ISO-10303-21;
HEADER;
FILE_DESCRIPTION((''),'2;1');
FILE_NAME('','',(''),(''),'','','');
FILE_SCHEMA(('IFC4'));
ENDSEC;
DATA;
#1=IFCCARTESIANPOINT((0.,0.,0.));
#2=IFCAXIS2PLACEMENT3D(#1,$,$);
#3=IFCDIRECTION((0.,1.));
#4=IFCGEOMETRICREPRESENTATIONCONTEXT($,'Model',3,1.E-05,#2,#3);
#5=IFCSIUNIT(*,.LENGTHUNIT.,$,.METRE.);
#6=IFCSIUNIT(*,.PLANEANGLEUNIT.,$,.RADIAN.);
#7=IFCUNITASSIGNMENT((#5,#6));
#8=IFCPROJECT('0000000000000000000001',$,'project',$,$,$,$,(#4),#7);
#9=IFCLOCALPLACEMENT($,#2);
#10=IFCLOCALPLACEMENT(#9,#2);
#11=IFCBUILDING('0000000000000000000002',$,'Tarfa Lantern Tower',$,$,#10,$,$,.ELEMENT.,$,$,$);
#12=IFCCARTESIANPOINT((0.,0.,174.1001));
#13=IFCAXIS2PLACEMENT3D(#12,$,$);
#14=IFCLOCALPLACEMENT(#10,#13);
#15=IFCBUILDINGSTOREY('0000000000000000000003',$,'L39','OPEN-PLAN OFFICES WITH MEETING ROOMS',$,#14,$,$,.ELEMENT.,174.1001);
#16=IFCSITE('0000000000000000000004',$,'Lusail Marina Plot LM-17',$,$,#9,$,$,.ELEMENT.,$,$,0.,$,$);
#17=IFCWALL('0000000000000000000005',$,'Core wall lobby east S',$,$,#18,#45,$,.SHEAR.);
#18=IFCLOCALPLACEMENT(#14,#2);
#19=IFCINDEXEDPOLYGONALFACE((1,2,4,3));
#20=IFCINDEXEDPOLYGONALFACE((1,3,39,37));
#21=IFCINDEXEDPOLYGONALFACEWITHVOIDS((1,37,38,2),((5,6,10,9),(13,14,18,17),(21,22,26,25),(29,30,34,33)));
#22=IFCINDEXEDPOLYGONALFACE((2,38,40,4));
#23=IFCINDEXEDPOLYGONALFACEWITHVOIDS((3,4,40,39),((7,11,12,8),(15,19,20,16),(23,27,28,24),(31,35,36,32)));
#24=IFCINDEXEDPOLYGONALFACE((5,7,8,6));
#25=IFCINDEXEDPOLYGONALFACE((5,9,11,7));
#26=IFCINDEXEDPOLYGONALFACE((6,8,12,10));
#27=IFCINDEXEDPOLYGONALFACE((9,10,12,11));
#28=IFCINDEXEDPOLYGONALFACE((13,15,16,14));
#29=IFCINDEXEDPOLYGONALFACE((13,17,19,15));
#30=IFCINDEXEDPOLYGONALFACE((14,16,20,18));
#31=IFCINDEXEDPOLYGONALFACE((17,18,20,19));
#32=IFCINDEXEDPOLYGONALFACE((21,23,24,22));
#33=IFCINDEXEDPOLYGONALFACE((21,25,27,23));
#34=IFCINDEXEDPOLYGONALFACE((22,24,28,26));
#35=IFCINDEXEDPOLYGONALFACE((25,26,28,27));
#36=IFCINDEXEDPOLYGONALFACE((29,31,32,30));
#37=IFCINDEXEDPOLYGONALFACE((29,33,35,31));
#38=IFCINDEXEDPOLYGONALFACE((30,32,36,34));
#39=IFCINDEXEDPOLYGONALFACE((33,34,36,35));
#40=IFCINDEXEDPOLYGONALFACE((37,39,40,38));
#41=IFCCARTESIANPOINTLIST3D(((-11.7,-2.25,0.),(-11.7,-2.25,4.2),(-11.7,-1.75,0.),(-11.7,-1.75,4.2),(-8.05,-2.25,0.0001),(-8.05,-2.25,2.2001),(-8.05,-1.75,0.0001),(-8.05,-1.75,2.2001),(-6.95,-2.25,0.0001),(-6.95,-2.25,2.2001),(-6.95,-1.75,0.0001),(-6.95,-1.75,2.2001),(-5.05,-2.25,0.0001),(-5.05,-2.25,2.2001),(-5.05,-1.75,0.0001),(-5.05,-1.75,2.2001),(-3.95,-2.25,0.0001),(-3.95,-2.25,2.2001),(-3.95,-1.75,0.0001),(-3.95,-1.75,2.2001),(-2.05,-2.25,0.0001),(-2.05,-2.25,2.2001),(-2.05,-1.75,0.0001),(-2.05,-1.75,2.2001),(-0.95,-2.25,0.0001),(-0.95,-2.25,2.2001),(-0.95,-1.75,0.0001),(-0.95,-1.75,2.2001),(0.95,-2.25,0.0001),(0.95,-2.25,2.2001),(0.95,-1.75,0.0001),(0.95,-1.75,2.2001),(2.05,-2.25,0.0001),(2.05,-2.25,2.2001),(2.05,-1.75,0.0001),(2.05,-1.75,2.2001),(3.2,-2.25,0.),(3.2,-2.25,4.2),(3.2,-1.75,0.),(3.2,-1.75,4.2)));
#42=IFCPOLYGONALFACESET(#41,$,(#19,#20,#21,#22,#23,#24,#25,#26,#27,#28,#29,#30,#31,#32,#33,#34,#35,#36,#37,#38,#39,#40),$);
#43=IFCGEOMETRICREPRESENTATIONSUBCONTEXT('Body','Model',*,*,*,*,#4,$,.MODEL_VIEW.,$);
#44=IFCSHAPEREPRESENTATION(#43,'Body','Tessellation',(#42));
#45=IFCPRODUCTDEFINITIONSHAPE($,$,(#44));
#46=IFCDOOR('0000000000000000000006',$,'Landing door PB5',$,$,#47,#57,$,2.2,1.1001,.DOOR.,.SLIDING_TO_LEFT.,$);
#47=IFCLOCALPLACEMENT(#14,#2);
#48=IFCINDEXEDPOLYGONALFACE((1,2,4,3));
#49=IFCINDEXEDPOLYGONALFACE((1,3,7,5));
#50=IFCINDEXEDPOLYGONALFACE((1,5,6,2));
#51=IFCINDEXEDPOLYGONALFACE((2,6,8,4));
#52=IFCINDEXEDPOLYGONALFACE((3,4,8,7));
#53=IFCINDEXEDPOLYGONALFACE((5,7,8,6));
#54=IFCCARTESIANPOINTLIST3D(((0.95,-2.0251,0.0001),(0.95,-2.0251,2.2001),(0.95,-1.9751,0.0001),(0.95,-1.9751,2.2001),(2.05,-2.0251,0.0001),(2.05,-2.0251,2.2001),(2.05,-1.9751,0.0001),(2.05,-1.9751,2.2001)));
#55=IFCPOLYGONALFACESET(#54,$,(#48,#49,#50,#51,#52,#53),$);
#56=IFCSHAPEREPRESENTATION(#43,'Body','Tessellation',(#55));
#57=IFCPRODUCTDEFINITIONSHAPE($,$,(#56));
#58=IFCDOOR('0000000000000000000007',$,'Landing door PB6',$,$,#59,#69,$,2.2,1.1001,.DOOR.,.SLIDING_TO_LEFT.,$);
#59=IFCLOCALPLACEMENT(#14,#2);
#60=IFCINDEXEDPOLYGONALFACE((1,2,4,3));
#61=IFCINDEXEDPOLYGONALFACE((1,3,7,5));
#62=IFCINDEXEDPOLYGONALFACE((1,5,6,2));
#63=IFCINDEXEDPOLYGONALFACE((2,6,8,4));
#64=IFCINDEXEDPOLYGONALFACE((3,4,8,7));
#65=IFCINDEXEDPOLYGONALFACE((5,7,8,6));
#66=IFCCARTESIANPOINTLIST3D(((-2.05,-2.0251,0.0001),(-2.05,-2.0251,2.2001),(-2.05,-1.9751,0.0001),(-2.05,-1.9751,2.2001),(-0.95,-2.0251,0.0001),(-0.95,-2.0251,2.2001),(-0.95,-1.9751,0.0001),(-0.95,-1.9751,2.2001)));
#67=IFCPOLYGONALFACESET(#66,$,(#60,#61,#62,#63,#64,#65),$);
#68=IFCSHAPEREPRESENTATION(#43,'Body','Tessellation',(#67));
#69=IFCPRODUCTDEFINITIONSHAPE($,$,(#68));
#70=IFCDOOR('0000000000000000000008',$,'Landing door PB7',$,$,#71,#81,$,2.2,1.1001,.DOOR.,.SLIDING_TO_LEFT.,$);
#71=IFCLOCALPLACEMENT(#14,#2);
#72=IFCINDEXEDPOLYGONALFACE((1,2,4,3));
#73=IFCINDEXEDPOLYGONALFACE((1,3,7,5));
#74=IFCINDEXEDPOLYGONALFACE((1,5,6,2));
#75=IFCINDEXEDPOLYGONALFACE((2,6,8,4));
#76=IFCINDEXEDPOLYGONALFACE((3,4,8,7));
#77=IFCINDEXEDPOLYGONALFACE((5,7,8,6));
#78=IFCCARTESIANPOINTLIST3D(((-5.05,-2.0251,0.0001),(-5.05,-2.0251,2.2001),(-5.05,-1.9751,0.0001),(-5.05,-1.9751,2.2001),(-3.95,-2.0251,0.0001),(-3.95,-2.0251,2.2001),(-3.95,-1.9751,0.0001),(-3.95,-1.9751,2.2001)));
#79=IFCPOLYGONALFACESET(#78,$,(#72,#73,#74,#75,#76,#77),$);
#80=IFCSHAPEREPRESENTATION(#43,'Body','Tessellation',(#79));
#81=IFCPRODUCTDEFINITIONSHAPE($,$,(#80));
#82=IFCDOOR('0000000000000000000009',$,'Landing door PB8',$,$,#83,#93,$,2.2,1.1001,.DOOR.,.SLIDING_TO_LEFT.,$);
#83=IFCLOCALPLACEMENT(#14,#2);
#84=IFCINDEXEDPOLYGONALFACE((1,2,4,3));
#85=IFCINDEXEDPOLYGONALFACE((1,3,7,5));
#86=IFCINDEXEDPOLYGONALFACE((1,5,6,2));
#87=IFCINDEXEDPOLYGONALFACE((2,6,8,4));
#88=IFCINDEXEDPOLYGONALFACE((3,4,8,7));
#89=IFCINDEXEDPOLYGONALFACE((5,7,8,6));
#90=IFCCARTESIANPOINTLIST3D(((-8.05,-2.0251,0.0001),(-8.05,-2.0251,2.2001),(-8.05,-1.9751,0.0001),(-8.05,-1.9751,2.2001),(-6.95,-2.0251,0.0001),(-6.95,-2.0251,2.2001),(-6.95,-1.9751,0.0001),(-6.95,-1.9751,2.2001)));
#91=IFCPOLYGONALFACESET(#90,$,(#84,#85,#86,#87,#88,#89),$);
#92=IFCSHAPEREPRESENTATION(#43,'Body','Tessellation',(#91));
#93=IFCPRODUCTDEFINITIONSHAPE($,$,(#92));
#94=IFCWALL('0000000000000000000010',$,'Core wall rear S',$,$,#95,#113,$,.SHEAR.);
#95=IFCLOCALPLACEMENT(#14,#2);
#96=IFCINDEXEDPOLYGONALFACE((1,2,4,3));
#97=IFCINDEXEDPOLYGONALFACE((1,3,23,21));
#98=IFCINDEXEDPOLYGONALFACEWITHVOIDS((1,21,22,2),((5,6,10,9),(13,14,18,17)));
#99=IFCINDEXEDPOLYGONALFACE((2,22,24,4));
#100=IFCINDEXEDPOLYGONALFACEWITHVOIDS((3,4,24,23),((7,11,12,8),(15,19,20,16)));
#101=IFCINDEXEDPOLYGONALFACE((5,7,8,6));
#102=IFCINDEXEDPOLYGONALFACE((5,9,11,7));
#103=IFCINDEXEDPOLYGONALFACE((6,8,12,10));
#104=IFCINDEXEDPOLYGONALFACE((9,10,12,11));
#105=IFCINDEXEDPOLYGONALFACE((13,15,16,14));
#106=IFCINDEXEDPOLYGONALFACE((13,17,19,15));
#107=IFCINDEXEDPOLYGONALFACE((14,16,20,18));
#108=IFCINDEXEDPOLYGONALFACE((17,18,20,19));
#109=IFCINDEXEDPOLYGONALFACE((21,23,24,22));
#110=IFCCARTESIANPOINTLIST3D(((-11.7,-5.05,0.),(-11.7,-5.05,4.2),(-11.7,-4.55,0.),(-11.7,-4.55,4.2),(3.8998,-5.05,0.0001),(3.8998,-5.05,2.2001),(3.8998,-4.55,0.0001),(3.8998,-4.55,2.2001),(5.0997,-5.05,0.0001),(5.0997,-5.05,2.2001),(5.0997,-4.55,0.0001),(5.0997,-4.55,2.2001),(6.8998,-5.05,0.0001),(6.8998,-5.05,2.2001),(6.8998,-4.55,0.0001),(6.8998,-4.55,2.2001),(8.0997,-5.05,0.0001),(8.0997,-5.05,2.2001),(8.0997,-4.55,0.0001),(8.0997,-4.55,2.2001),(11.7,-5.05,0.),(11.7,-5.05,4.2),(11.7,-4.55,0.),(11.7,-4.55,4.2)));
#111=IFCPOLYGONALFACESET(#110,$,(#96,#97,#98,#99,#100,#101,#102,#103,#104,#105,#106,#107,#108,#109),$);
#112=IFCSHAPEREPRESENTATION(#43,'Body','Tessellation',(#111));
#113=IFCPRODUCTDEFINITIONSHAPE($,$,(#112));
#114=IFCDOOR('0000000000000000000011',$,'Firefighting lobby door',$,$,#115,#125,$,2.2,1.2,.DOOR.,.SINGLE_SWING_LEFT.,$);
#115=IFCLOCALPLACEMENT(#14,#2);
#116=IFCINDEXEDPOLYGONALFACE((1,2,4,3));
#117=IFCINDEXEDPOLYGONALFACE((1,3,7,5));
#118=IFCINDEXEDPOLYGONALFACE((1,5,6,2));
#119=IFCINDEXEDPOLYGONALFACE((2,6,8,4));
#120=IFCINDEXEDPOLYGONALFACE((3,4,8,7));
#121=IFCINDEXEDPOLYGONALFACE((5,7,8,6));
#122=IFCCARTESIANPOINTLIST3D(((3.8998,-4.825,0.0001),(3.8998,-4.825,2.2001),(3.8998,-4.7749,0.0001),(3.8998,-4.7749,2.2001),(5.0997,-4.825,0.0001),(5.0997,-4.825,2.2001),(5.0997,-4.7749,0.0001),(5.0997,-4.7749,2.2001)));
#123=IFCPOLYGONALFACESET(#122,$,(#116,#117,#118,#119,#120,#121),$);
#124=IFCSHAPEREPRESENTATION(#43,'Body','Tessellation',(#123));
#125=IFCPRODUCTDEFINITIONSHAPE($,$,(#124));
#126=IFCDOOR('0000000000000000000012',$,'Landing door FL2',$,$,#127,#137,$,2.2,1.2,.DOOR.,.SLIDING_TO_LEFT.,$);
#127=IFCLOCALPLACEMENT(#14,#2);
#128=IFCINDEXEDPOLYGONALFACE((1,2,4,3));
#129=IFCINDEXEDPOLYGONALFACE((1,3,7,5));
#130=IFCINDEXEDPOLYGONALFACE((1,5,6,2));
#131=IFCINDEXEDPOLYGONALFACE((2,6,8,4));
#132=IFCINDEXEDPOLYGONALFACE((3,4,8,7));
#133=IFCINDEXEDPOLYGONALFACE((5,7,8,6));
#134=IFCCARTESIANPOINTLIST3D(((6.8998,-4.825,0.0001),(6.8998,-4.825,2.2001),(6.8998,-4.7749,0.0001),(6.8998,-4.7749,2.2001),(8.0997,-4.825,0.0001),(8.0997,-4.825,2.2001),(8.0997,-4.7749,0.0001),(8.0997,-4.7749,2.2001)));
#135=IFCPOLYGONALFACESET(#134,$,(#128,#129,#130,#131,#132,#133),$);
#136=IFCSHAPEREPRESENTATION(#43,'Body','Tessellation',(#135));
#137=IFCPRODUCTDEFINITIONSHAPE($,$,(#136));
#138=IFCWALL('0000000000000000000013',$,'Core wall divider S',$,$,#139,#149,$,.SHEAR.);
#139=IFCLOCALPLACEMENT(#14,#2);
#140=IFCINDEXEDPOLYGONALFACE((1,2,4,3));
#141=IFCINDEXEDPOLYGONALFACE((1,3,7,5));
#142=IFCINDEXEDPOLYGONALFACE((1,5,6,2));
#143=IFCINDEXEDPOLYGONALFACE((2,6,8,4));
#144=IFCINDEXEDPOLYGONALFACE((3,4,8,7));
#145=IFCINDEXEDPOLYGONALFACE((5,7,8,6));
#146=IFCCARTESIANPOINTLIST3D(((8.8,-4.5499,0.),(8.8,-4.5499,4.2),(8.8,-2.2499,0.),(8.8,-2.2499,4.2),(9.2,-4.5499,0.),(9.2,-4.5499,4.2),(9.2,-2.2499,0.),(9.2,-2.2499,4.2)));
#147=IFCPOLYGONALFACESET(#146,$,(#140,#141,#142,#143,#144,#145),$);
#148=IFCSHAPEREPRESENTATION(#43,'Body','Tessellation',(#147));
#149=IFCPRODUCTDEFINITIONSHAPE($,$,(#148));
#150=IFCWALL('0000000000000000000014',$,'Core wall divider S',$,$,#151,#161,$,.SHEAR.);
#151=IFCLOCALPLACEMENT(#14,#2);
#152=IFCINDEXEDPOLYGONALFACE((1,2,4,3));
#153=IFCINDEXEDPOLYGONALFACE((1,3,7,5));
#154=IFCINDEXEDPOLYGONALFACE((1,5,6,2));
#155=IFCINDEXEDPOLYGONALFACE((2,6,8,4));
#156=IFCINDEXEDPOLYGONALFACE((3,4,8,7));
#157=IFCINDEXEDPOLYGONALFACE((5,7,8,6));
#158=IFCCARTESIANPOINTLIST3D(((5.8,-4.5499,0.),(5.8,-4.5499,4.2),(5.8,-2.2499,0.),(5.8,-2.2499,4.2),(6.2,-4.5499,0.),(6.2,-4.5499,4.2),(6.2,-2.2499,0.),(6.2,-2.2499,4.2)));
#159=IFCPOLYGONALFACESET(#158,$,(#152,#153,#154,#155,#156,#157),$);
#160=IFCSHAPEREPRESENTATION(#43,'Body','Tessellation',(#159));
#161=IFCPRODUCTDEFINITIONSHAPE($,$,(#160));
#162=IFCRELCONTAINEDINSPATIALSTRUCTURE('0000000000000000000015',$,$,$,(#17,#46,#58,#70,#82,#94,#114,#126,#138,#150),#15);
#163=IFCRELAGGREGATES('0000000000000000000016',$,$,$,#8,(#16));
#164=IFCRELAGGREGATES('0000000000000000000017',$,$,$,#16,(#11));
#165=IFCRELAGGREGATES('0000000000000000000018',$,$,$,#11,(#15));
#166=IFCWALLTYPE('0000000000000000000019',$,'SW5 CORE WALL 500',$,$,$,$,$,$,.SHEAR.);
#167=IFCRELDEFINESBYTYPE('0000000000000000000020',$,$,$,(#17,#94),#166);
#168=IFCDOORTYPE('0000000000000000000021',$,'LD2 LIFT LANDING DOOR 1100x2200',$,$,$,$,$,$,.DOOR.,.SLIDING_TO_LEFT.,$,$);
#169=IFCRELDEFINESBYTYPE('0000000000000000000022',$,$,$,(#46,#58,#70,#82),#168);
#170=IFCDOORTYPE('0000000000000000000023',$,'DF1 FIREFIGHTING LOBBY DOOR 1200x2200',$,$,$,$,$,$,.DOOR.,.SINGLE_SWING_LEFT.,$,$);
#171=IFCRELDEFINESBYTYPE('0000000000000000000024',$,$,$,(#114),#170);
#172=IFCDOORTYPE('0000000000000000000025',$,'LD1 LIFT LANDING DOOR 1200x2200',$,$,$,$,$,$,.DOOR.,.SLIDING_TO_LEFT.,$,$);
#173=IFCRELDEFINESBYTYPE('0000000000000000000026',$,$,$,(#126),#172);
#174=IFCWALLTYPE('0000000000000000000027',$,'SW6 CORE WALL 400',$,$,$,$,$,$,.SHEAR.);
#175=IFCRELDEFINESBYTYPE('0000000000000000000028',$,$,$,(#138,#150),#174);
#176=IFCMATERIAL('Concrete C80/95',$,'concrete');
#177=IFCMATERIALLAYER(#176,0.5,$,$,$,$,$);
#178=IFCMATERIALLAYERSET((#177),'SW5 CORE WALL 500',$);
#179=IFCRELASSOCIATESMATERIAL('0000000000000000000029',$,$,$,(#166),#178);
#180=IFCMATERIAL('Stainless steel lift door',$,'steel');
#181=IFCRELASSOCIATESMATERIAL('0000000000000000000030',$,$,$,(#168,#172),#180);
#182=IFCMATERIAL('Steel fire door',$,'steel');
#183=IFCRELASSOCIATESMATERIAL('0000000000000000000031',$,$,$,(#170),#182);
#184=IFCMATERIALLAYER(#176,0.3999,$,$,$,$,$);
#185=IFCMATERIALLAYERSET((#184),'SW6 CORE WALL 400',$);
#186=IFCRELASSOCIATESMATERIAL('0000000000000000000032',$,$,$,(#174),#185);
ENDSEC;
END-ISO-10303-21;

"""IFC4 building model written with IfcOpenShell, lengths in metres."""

from ifc_helpers import new_model, si_unit, direction, frame, frame_2d, origin, place, context, subcontext, project, spatial, rectangle, extrude, material, layer, layer_set, type_object, element, fill, save


model = new_model("IFC4")

# Units and contexts
model_context = context("Model", 3, precision=1e-05, world=origin(), true_north=direction((0.0, 1.0)))
body_context = subcontext(model_context, "Body", "Model", "MODEL_VIEW")
ifc_project = project(units=[si_unit("LENGTHUNIT", "METRE"), si_unit("PLANEANGLEUNIT", "RADIAN")], contexts=[model_context])

# Site, building, storey
site_placement = place(None, origin())
site = spatial("IfcSite", under=ifc_project, at=site_placement, Name="Lusail Marina Plot LM-17", CompositionType="ELEMENT", RefElevation=0.0)
building_placement = place(site_placement, origin())
building = spatial("IfcBuilding", under=site, at=building_placement, Name="Tarfa Lantern Tower", CompositionType="ELEMENT")
storey_placement = place(building_placement, frame((0.0, 0.0, 174.1001)))
storey = spatial("IfcBuildingStorey", under=building, at=storey_placement, Name="L39", Description="OPEN-PLAN OFFICES WITH MEETING ROOMS", CompositionType="ELEMENT", Elevation=174.1001)

# Shared definitions
ifc_material_1 = material(Name="Concrete C80/95", Category="concrete")

# Shared definitions
ifc_material_2 = material(Name="Steel fire door", Category="steel")

# Shared definitions
ifc_layer_1 = layer(ifc_material_1, 0.5)
ifc_layer_set_1 = layer_set([ifc_layer_1], Name="SW5 CORE WALL 500")
wall_type_1 = type_object("IfcWallType", Name="SW5 CORE WALL 500", PredefinedType="SHEAR", material=ifc_layer_set_1)

# Walls, openings, doors
wall_1_placement = place(storey_placement, frame((3.2, -2.0, 0.0), z_axis=(0.0, 0.0, 1.0), x_axis=(-1.0, 0.0, 0.0)))
wall_1 = element("IfcWall", 1, at=wall_1_placement, inside=storey, type_object=wall_type_1, Name="Core wall lobby east S", PredefinedType="SHEAR", context=body_context, shape_type="SweptSolid", body=[
    extrude(rectangle(XDim=14.8999, YDim=0.5, at=frame_2d((7.45, 0.0))), origin(), (0.0, 0.0, 1.0), 4.2),
])
opening_1_placement = place(wall_1_placement, frame((1.1499, 0.0, 0.0)))
opening_1 = element("IfcOpeningElement", 2, at=opening_1_placement, cuts=wall_1, PredefinedType="OPENING", context=body_context, shape_type="SweptSolid", body=[
    extrude(rectangle(XDim=1.1001, YDim=2.2, at=frame_2d((0.55, 1.1001))), frame((0.0, 0.26, 0.0), z_axis=(0.0, -1.0, 0.0), x_axis=(1.0, 0.0, 0.0)), (0.0, 0.0, 1.0), 0.52),
])
opening_2_placement = place(wall_1_placement, frame((4.1499, 0.0, 0.0)))
opening_2 = element("IfcOpeningElement", 3, at=opening_2_placement, cuts=wall_1, PredefinedType="OPENING", context=body_context, shape_type="SweptSolid", body=[
    extrude(rectangle(XDim=1.1001, YDim=2.2, at=frame_2d((0.55, 1.1001))), frame((0.0, 0.26, 0.0), z_axis=(0.0, -1.0, 0.0), x_axis=(1.0, 0.0, 0.0)), (0.0, 0.0, 1.0), 0.52),
])
opening_3_placement = place(wall_1_placement, frame((7.1499, 0.0, 0.0)))
opening_3 = element("IfcOpeningElement", 4, at=opening_3_placement, cuts=wall_1, PredefinedType="OPENING", context=body_context, shape_type="SweptSolid", body=[
    extrude(rectangle(XDim=1.1001, YDim=2.2, at=frame_2d((0.55, 1.1001))), frame((0.0, 0.26, 0.0), z_axis=(0.0, -1.0, 0.0), x_axis=(1.0, 0.0, 0.0)), (0.0, 0.0, 1.0), 0.52),
])
opening_4_placement = place(wall_1_placement, frame((10.1499, 0.0, 0.0)))
opening_4 = element("IfcOpeningElement", 5, at=opening_4_placement, cuts=wall_1, PredefinedType="OPENING", context=body_context, shape_type="SweptSolid", body=[
    extrude(rectangle(XDim=1.1001, YDim=2.2, at=frame_2d((0.55, 1.1001))), frame((0.0, 0.26, 0.0), z_axis=(0.0, -1.0, 0.0), x_axis=(1.0, 0.0, 0.0)), (0.0, 0.0, 1.0), 0.52),
])
ifc_material_3 = material(Name="Stainless steel lift door", Category="steel")
door_type_1 = type_object("IfcDoorType", Name="LD2 LIFT LANDING DOOR 1100x2200", OperationType="SLIDING_TO_LEFT", PredefinedType="DOOR", material=ifc_material_3)
door_1_placement = place(opening_1_placement, frame((1.1001, 0.0, 0.0), z_axis=(0.0, 0.0, 1.0), x_axis=(-1.0, 0.0, 0.0)))
door_1 = element("IfcDoor", 6, at=door_1_placement, inside=storey, type_object=door_type_1, Name="Landing door PB5", OperationType="SLIDING_TO_LEFT", OverallHeight=2.2, OverallWidth=1.1001, PredefinedType="DOOR", context=body_context, shape_type="SweptSolid", body=[
    extrude(rectangle(XDim=1.1001, YDim=2.2, at=frame_2d((0.55, 1.1001))), frame((0.0, 0.0249, 0.0), z_axis=(0.0, -1.0, 0.0), x_axis=(1.0, 0.0, 0.0)), (0.0, 0.0, 1.0), 0.05),
])
fill(opening_1, door_1)
door_2_placement = place(opening_2_placement, frame((1.1001, 0.0, 0.0), z_axis=(0.0, 0.0, 1.0), x_axis=(-1.0, 0.0, 0.0)))
door_2 = element("IfcDoor", 7, at=door_2_placement, inside=storey, type_object=door_type_1, Name="Landing door PB6", OperationType="SLIDING_TO_LEFT", OverallHeight=2.2, OverallWidth=1.1001, PredefinedType="DOOR", context=body_context, shape_type="SweptSolid", body=[
    extrude(rectangle(XDim=1.1001, YDim=2.2, at=frame_2d((0.55, 1.1001))), frame((0.0, 0.0249, 0.0), z_axis=(0.0, -1.0, 0.0), x_axis=(1.0, 0.0, 0.0)), (0.0, 0.0, 1.0), 0.05),
])
fill(opening_2, door_2)
door_3_placement = place(opening_3_placement, frame((1.1001, 0.0, 0.0), z_axis=(0.0, 0.0, 1.0), x_axis=(-1.0, 0.0, 0.0)))
door_3 = element("IfcDoor", 8, at=door_3_placement, inside=storey, type_object=door_type_1, Name="Landing door PB7", OperationType="SLIDING_TO_LEFT", OverallHeight=2.2, OverallWidth=1.1001, PredefinedType="DOOR", context=body_context, shape_type="SweptSolid", body=[
    extrude(rectangle(XDim=1.1001, YDim=2.2, at=frame_2d((0.55, 1.1001))), frame((0.0, 0.0249, 0.0), z_axis=(0.0, -1.0, 0.0), x_axis=(1.0, 0.0, 0.0)), (0.0, 0.0, 1.0), 0.05),
])
fill(opening_3, door_3)
door_4_placement = place(opening_4_placement, frame((1.1001, 0.0, 0.0), z_axis=(0.0, 0.0, 1.0), x_axis=(-1.0, 0.0, 0.0)))
door_4 = element("IfcDoor", 9, at=door_4_placement, inside=storey, type_object=door_type_1, Name="Landing door PB8", OperationType="SLIDING_TO_LEFT", OverallHeight=2.2, OverallWidth=1.1001, PredefinedType="DOOR", context=body_context, shape_type="SweptSolid", body=[
    extrude(rectangle(XDim=1.1001, YDim=2.2, at=frame_2d((0.55, 1.1001))), frame((0.0, 0.0249, 0.0), z_axis=(0.0, -1.0, 0.0), x_axis=(1.0, 0.0, 0.0)), (0.0, 0.0, 1.0), 0.05),
])
fill(opening_4, door_4)
wall_2_placement = place(storey_placement, frame((11.7, -4.8, 0.0), z_axis=(0.0, 0.0, 1.0), x_axis=(-1.0, 0.0, 0.0)))
wall_2 = element("IfcWall", 10, at=wall_2_placement, inside=storey, type_object=wall_type_1, Name="Core wall rear S", PredefinedType="SHEAR", context=body_context, shape_type="SweptSolid", body=[
    extrude(rectangle(XDim=23.3999, YDim=0.5, at=frame_2d((11.7, 0.0))), origin(), (0.0, 0.0, 1.0), 4.2),
])
opening_5_placement = place(wall_2_placement, frame((6.6001, 0.0, 0.0)))
opening_5 = element("IfcOpeningElement", 11, at=opening_5_placement, cuts=wall_2, PredefinedType="OPENING", context=body_context, shape_type="SweptSolid", body=[
    extrude(rectangle(XDim=1.2, YDim=2.2, at=frame_2d((0.6001, 1.1001))), frame((0.0, 0.26, 0.0), z_axis=(0.0, -1.0, 0.0), x_axis=(1.0, 0.0, 0.0)), (0.0, 0.0, 1.0), 0.52),
])
opening_6_placement = place(wall_2_placement, frame((3.6001, 0.0, 0.0)))
opening_6 = element("IfcOpeningElement", 12, at=opening_6_placement, cuts=wall_2, PredefinedType="OPENING", context=body_context, shape_type="SweptSolid", body=[
    extrude(rectangle(XDim=1.2, YDim=2.2, at=frame_2d((0.6001, 1.1001))), frame((0.0, 0.26, 0.0), z_axis=(0.0, -1.0, 0.0), x_axis=(1.0, 0.0, 0.0)), (0.0, 0.0, 1.0), 0.52),
])
door_type_2 = type_object("IfcDoorType", Name="DF1 FIREFIGHTING LOBBY DOOR 1200x2200", OperationType="SINGLE_SWING_LEFT", PredefinedType="DOOR", material=ifc_material_2)
door_5_placement = place(opening_5_placement, origin())
door_5 = element("IfcDoor", 13, at=door_5_placement, inside=storey, type_object=door_type_2, Name="Firefighting lobby door", OperationType="SINGLE_SWING_LEFT", OverallHeight=2.2, OverallWidth=1.2, PredefinedType="DOOR", context=body_context, shape_type="SweptSolid", body=[
    extrude(rectangle(XDim=1.2, YDim=2.2, at=frame_2d((0.6001, 1.1001))), frame((0.0, 0.0249, 0.0), z_axis=(0.0, -1.0, 0.0), x_axis=(1.0, 0.0, 0.0)), (0.0, 0.0, 1.0), 0.05),
])
fill(opening_5, door_5)
door_type_3 = type_object("IfcDoorType", Name="LD1 LIFT LANDING DOOR 1200x2200", OperationType="SLIDING_TO_LEFT", PredefinedType="DOOR", material=ifc_material_3)
door_6_placement = place(opening_6_placement, origin())
door_6 = element("IfcDoor", 14, at=door_6_placement, inside=storey, type_object=door_type_3, Name="Landing door FL2", OperationType="SLIDING_TO_LEFT", OverallHeight=2.2, OverallWidth=1.2, PredefinedType="DOOR", context=body_context, shape_type="SweptSolid", body=[
    extrude(rectangle(XDim=1.2, YDim=2.2, at=frame_2d((0.6001, 1.1001))), frame((0.0, 0.0249, 0.0), z_axis=(0.0, -1.0, 0.0), x_axis=(1.0, 0.0, 0.0)), (0.0, 0.0, 1.0), 0.05),
])
fill(opening_6, door_6)

# Walls
ifc_layer_2 = layer(ifc_material_1, 0.3999)
ifc_layer_set_2 = layer_set([ifc_layer_2], Name="SW6 CORE WALL 400")
wall_type_2 = type_object("IfcWallType", Name="SW6 CORE WALL 400", PredefinedType="SHEAR", material=ifc_layer_set_2)
for number, where, z_axis, x_axis, name in (
    (15, (9.0, -2.25, 0.0), (0.0, 0.0, 1.0), (0.0, -1.0, 0.0), "Core wall divider S"),
    (16, (6.0, -2.25, 0.0), (0.0, 0.0, 1.0), (0.0, -1.0, 0.0), "Core wall divider S"),
):
    element("IfcWall", number, at=place(storey_placement, frame(where, z_axis=z_axis, x_axis=x_axis)), inside=storey, type_object=wall_type_2, Name=name, PredefinedType="SHEAR", context=body_context, shape_type="SweptSolid", body=[
        extrude(rectangle(XDim=2.3, YDim=0.3999, at=frame_2d((1.1499, 0.0))), origin(), (0.0, 0.0, 1.0), 4.2),
    ])

save(model, "model.ifc")
